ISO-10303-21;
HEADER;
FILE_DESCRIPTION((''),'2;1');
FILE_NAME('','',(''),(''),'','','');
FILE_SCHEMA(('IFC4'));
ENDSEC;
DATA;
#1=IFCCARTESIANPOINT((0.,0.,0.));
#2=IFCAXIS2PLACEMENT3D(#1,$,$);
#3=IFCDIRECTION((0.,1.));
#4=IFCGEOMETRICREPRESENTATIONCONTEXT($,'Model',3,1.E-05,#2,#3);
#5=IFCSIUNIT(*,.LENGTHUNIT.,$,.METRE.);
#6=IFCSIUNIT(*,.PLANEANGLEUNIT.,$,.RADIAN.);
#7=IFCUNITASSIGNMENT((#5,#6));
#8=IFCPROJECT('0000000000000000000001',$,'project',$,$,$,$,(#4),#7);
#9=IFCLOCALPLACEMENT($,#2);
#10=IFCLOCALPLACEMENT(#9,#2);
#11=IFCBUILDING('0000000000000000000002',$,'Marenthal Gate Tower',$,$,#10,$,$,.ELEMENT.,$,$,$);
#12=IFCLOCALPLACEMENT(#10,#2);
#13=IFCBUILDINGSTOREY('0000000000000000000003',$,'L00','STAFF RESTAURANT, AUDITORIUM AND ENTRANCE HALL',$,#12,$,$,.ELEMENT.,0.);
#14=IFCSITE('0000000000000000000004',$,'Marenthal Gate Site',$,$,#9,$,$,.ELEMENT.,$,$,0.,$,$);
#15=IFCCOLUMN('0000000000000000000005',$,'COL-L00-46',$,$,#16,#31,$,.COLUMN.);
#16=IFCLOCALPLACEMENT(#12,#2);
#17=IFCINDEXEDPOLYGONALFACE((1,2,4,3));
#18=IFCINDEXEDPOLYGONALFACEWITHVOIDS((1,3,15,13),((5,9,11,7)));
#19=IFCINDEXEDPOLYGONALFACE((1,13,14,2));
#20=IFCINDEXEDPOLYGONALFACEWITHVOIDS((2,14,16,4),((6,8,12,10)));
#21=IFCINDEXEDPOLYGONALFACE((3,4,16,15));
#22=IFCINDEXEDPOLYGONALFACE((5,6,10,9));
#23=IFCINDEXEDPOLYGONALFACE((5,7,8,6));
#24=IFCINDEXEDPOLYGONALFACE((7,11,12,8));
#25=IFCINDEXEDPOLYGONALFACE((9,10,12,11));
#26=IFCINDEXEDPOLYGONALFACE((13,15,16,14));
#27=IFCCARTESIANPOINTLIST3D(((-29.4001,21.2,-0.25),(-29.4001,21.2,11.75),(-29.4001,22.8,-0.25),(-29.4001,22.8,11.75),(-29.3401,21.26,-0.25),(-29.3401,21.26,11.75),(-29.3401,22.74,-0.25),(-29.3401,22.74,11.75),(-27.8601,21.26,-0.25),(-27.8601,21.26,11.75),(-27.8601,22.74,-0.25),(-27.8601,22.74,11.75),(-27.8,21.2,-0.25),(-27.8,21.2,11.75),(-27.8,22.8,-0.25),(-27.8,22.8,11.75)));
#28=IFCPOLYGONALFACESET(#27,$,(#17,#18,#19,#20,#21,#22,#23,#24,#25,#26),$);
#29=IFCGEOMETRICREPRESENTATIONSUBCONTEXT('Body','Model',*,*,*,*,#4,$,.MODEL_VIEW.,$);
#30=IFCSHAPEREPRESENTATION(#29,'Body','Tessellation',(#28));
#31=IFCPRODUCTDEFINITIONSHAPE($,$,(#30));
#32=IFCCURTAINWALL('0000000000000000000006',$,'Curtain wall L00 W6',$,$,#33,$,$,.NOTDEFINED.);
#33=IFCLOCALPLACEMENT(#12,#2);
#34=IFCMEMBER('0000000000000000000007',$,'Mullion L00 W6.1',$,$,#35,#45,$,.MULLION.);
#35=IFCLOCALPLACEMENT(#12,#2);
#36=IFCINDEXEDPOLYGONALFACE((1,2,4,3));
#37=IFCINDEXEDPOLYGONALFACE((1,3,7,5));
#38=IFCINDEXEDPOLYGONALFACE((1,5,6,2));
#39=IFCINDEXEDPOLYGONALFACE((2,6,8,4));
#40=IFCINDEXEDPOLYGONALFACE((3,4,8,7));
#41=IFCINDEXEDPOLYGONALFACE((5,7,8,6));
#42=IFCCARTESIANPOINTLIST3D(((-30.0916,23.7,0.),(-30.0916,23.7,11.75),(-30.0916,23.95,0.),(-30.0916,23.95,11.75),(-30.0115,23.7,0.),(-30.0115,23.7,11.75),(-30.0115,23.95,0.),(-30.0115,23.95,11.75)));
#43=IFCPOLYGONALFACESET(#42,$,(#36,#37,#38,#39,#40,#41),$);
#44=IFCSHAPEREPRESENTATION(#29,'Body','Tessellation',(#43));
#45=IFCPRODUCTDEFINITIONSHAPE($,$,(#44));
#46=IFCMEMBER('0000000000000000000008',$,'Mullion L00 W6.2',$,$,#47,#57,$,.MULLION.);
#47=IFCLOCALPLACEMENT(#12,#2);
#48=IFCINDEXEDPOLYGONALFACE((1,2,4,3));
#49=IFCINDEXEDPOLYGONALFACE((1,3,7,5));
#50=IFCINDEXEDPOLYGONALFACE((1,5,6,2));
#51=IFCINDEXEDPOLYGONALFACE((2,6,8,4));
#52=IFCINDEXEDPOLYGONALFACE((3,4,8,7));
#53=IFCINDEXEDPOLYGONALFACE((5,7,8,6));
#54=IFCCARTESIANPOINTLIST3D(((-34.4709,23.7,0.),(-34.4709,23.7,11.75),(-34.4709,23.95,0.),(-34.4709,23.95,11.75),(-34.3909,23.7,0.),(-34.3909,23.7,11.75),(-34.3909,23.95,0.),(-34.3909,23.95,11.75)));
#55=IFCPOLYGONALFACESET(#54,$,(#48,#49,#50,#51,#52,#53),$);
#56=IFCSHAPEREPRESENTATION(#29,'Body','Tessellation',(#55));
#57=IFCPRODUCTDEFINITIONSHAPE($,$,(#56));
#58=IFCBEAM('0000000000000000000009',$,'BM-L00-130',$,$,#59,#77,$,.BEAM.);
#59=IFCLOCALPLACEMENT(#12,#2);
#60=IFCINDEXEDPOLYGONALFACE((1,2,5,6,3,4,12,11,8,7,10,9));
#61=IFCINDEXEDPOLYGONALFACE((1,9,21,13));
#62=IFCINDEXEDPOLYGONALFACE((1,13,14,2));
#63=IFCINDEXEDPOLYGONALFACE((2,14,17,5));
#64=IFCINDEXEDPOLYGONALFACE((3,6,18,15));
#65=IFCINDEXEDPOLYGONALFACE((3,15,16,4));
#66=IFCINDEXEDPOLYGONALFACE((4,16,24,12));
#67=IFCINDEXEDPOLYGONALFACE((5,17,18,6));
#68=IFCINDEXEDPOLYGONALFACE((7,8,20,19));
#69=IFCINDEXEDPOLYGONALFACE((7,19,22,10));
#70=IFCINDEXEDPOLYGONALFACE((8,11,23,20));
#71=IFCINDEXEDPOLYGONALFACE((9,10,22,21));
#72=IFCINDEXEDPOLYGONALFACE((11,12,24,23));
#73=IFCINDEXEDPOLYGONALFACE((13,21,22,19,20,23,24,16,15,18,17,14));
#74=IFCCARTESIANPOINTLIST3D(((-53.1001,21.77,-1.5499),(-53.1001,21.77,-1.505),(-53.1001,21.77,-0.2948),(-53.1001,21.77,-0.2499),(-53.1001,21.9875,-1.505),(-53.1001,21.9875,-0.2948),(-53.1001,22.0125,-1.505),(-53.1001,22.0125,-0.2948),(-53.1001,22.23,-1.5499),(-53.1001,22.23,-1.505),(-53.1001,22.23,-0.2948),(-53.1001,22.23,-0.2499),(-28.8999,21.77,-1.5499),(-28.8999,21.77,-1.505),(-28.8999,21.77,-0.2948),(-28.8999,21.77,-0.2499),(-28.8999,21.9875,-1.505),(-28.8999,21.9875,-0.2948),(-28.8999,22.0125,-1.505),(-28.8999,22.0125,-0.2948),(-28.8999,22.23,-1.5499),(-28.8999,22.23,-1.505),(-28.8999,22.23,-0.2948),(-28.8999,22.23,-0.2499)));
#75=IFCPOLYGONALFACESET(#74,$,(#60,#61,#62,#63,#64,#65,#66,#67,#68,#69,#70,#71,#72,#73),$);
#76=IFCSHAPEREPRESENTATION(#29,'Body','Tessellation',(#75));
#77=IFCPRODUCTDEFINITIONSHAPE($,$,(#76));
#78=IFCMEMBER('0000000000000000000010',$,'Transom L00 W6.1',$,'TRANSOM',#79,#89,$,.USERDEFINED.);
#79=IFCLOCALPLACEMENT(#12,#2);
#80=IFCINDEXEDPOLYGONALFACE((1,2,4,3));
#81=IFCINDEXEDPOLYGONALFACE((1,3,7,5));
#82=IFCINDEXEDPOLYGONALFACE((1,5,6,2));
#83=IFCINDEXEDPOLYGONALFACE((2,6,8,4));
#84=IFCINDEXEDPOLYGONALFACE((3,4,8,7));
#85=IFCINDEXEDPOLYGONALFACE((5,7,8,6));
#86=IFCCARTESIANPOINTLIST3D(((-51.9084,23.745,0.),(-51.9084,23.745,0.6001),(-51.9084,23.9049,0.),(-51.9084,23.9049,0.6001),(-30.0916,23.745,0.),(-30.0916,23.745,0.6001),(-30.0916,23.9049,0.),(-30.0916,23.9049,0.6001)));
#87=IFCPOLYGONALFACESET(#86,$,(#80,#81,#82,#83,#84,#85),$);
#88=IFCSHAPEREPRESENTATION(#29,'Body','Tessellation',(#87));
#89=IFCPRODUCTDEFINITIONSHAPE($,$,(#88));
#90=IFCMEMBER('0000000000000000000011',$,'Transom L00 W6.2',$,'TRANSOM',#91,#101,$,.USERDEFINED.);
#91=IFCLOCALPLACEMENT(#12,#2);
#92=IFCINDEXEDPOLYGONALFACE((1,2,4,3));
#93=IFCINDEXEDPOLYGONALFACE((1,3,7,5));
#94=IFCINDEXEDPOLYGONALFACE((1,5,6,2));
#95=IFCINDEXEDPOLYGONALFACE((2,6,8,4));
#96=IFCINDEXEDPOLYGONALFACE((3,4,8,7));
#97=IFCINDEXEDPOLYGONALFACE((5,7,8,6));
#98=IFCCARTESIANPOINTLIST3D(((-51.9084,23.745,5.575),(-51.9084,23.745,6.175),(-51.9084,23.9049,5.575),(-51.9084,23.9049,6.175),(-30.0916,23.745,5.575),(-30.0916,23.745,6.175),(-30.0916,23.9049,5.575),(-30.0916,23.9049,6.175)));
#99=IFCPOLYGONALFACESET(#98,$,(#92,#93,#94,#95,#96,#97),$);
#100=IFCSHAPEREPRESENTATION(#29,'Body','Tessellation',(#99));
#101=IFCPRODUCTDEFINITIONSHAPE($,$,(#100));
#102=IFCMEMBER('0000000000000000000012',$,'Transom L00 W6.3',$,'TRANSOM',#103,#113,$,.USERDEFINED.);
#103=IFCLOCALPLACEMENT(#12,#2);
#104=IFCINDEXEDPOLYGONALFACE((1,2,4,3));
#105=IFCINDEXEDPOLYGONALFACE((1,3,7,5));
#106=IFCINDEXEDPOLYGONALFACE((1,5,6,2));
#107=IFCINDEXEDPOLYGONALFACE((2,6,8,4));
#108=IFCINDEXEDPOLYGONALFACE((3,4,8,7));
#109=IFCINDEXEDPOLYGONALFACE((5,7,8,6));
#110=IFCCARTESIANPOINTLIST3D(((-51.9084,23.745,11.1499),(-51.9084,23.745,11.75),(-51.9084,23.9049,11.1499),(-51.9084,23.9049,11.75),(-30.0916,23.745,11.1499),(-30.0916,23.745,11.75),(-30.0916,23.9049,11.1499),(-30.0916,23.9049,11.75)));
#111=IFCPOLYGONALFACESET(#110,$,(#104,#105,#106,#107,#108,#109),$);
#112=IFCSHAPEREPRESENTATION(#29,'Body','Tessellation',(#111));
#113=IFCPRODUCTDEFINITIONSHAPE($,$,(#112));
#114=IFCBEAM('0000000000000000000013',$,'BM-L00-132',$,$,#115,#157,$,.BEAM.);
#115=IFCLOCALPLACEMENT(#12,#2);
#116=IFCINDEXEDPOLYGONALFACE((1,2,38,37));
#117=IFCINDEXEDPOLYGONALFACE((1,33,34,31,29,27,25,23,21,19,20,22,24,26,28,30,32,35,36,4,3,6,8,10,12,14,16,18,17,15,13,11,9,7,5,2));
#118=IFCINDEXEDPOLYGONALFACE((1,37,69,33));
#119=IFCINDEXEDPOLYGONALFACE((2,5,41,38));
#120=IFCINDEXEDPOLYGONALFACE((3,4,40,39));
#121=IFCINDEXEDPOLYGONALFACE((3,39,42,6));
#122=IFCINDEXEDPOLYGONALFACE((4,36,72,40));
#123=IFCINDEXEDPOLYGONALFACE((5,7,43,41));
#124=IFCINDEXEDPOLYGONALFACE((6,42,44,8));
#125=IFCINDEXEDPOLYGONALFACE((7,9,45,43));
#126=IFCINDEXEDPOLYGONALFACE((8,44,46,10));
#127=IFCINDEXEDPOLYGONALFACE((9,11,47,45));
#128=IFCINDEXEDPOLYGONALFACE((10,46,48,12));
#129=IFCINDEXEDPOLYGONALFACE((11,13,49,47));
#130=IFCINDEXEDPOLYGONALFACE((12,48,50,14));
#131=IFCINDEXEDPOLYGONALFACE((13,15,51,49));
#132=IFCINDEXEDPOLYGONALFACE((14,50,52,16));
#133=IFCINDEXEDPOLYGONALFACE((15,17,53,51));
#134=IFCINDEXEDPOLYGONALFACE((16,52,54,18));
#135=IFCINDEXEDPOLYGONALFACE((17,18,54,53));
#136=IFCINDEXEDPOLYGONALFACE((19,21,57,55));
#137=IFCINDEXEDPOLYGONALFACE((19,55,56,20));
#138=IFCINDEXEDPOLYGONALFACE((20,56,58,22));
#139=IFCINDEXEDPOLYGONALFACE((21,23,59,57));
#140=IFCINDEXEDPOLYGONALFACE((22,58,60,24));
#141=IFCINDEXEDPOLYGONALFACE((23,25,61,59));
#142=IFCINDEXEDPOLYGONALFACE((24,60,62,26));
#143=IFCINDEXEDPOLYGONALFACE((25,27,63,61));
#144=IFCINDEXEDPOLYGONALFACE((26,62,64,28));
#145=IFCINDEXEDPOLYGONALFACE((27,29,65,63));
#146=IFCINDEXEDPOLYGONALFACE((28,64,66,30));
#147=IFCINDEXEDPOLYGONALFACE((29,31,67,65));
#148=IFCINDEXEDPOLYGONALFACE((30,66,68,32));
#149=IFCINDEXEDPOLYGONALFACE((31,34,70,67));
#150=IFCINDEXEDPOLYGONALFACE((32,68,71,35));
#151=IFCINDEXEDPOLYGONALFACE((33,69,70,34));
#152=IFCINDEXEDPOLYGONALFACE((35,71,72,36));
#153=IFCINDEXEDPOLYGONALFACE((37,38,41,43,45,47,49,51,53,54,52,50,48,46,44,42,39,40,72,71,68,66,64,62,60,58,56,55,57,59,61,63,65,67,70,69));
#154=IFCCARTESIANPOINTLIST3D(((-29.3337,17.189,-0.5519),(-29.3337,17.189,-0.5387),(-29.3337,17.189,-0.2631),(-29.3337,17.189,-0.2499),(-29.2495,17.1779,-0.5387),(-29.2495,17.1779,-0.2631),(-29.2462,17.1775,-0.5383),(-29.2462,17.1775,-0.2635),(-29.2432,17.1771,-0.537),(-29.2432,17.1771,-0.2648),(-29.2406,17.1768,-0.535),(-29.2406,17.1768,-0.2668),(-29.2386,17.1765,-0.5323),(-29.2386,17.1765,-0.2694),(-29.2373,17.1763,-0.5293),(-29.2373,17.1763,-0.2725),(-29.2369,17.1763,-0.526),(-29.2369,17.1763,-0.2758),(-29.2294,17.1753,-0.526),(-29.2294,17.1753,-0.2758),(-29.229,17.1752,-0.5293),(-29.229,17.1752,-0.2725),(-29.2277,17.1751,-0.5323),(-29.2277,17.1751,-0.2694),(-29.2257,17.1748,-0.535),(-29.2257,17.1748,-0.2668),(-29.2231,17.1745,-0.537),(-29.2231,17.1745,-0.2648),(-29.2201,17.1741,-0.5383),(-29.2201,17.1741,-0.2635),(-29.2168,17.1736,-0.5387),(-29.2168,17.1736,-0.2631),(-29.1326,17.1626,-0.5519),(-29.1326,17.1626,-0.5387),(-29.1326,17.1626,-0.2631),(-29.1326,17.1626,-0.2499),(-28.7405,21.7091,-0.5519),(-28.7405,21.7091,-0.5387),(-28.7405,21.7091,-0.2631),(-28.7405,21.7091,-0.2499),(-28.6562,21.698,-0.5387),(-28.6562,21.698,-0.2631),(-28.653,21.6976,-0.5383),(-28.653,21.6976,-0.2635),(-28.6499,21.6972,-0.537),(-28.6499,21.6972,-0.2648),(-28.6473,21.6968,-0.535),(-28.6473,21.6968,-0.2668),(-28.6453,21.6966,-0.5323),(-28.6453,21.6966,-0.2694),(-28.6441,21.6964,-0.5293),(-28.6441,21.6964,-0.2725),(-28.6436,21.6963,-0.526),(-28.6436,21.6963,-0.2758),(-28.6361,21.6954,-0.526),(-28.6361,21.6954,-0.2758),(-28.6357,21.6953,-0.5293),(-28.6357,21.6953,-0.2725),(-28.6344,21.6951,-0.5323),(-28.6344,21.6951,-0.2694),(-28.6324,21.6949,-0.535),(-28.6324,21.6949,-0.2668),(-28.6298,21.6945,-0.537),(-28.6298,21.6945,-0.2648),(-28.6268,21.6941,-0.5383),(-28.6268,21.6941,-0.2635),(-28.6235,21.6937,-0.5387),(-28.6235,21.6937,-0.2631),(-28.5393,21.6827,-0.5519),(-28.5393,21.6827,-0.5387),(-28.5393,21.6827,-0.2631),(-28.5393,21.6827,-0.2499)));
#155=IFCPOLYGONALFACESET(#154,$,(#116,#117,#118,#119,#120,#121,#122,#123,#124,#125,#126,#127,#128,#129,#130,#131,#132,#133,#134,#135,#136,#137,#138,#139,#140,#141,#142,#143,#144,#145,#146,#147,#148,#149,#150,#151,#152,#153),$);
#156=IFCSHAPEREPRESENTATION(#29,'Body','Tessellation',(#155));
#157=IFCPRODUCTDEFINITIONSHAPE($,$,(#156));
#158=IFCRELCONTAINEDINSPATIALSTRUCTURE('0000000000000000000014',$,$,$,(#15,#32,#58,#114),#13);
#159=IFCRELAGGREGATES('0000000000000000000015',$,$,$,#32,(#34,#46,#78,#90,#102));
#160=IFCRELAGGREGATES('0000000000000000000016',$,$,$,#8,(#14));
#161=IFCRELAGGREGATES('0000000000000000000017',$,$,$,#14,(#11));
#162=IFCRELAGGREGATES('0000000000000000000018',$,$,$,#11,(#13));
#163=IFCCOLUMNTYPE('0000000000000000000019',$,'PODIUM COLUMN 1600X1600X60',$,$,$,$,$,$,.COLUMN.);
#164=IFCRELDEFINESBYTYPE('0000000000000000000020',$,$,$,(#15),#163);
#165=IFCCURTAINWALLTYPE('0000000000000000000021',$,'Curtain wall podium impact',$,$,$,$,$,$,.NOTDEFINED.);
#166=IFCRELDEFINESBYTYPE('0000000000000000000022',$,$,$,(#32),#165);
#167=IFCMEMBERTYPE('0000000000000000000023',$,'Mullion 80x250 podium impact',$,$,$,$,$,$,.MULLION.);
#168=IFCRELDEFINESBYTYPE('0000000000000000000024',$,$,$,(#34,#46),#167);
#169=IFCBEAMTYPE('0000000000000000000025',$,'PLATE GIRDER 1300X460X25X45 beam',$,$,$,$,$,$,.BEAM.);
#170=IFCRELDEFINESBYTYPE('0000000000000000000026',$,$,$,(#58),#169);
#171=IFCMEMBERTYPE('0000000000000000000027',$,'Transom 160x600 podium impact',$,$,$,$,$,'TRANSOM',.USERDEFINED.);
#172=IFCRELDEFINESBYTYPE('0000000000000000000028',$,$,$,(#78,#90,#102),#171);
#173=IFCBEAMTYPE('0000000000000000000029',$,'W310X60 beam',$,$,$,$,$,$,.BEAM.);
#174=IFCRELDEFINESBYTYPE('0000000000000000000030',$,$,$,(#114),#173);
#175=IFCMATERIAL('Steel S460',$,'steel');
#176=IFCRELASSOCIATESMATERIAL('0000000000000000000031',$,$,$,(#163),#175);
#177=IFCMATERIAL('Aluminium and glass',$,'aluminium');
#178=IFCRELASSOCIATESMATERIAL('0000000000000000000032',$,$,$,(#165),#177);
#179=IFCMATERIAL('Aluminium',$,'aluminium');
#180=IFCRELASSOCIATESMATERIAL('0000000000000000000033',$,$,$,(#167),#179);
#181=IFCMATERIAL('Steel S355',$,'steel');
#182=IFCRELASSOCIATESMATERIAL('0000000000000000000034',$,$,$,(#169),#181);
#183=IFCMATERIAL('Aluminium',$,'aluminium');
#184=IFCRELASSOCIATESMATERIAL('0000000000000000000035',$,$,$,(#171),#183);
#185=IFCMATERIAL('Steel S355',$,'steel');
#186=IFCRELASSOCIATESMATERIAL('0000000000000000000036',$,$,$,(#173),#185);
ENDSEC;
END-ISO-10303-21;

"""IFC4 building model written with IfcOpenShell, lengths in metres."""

from ifc_helpers import new_model, si_unit, direction, frame, origin, origin_2d, place, context, subcontext, project, spatial, rectangle, hollow_rectangle, i_section, extrude, material, material_profile, profile_set, type_object, element, aggregate, save


model = new_model("IFC4")

# Units and contexts
model_context = context("Model", 3, precision=1e-05, world=origin(), true_north=direction((0.0, 1.0)))
body_context = subcontext(model_context, "Body", "Model", "MODEL_VIEW")
ifc_project = project(units=[si_unit("LENGTHUNIT", "METRE"), si_unit("PLANEANGLEUNIT", "RADIAN")], contexts=[model_context])

# Site, building, storey
site_placement = place(None, origin())
site = spatial("IfcSite", under=ifc_project, at=site_placement, Name="Marenthal Gate Site", CompositionType="ELEMENT", RefElevation=0.0)
building_placement = place(site_placement, origin())
building = spatial("IfcBuilding", under=site, at=building_placement, Name="Marenthal Gate Tower", CompositionType="ELEMENT")
storey_placement = place(building_placement, origin())
storey = spatial("IfcBuildingStorey", under=building, at=storey_placement, Name="L00", Description="STAFF RESTAURANT, AUDITORIUM AND ENTRANCE HALL", CompositionType="ELEMENT", Elevation=0.0)

# Column
ifc_material_1 = material(Name="Steel S460", Category="steel")
ifc_material_profile_1 = material_profile(ifc_material_1, hollow_rectangle(XDim=1.6001, YDim=1.6001, WallThickness=0.0601, at=origin_2d()), Name="CFT BOX 1600X1600X60")
ifc_material_2 = material(Name="Concrete 70 MPa", Category="concrete")
ifc_material_profile_2 = material_profile(ifc_material_2, rectangle(XDim=1.48, YDim=1.48, at=origin_2d()), Name="CFT BOX 1600X1600X60 INFILL")
ifc_profile_set_1 = profile_set([ifc_material_profile_1, ifc_material_profile_2], Name="Steel S460 shell, Concrete 70 MPa infill")
column_type = type_object("IfcColumnType", Name="PODIUM COLUMN 1600X1600X60", PredefinedType="COLUMN", material=ifc_profile_set_1)
column_placement = place(storey_placement, frame((-28.6001, 22.0, -0.25), z_axis=(0.0, 0.0, 1.0), x_axis=(1.0, 0.0, 0.0)))
element("IfcColumn", 1, at=column_placement, inside=storey, type_object=column_type, Name="COL-L00-46", PredefinedType="COLUMN", context=body_context, shape_type="SweptSolid", body=[
    extrude(hollow_rectangle(XDim=1.6001, YDim=1.6001, WallThickness=0.0601, at=origin_2d()), origin(), (0.0, 0.0, 1.0), 12.0),
])

# Curtain wall, members
ifc_material_3 = material(Name="Aluminium and glass", Category="aluminium")
curtain_wall_type = type_object("IfcCurtainWallType", Name="Curtain wall podium impact", PredefinedType="NOTDEFINED", material=ifc_material_3)
curtain_wall_placement = place(storey_placement, origin())
curtain_wall = element("IfcCurtainWall", 2, at=curtain_wall_placement, inside=storey, type_object=curtain_wall_type, Name="Curtain wall L00 W6", PredefinedType="NOTDEFINED")
ifc_material_4 = material(Name="Aluminium", Category="aluminium")
ifc_material_profile_3 = material_profile(ifc_material_4, rectangle(XDim=0.25, YDim=0.0801, at=origin_2d()), Name="80x250 aluminium mullion")
ifc_profile_set_2 = profile_set([ifc_material_profile_3], Name="Aluminium")
member_type_1 = type_object("IfcMemberType", Name="Mullion 80x250 podium impact", PredefinedType="MULLION", material=ifc_profile_set_2)
member_1_placement = place(storey_placement, frame((-30.0515, 23.825, 0.0), z_axis=(0.0, 0.0, 1.0), x_axis=(0.0, -1.0, 0.0)))
member_1 = element("IfcMember", 3, at=member_1_placement, type_object=member_type_1, Name="Mullion L00 W6.1", PredefinedType="MULLION", context=body_context, shape_type="SweptSolid", body=[
    extrude(rectangle(XDim=0.25, YDim=0.0801, at=origin_2d()), origin(), (0.0, 0.0, 1.0), 11.75),
])
member_2_placement = place(storey_placement, frame((-34.4309, 23.825, 0.0), z_axis=(0.0, 0.0, 1.0), x_axis=(0.0, -1.0, 0.0)))
member_2 = element("IfcMember", 4, at=member_2_placement, type_object=member_type_1, Name="Mullion L00 W6.2", PredefinedType="MULLION", context=body_context, shape_type="SweptSolid", body=[
    extrude(rectangle(XDim=0.25, YDim=0.0801, at=origin_2d()), origin(), (0.0, 0.0, 1.0), 11.75),
])

# Beam
ifc_material_5 = material(Name="Steel S355", Category="steel")
ifc_material_profile_4 = material_profile(ifc_material_5, i_section(OverallWidth=0.46, OverallDepth=1.3, WebThickness=0.0249, FlangeThickness=0.0449, at=origin_2d()), Name="PLATE GIRDER 1300X460X25X45")
ifc_profile_set_3 = profile_set([ifc_material_profile_4], Name="Steel S355")
beam_type_1 = type_object("IfcBeamType", Name="PLATE GIRDER 1300X460X25X45 beam", PredefinedType="BEAM", material=ifc_profile_set_3)
beam_1_placement = place(storey_placement, frame((-28.8999, 22.0, -0.8999), z_axis=(-1.0, 0.0, 0.0), x_axis=(0.0, -1.0, 0.0)))
element("IfcBeam", 5, at=beam_1_placement, inside=storey, type_object=beam_type_1, Name="BM-L00-130", PredefinedType="BEAM", context=body_context, shape_type="SweptSolid", body=[
    extrude(i_section(OverallWidth=0.46, OverallDepth=1.3, WebThickness=0.0249, FlangeThickness=0.0449, at=origin_2d()), origin(), (0.0, 0.0, 1.0), 24.2002),
])

# Members
ifc_material_6 = material(Name="Aluminium", Category="aluminium")
ifc_material_profile_5 = material_profile(ifc_material_6, rectangle(XDim=0.1599, YDim=0.6001, at=origin_2d()), Name="160x600 aluminium transom")
ifc_profile_set_4 = profile_set([ifc_material_profile_5], Name="Aluminium")
member_type_2 = type_object("IfcMemberType", Name="Transom 160x600 podium impact", ElementType="TRANSOM", PredefinedType="USERDEFINED", material=ifc_profile_set_4)
member_3_placement = place(storey_placement, frame((-30.0916, 23.825, 0.3), z_axis=(-1.0, 0.0, 0.0), x_axis=(0.0, -1.0, 0.0)))
member_3 = element("IfcMember", 6, at=member_3_placement, type_object=member_type_2, Name="Transom L00 W6.1", ObjectType="TRANSOM", PredefinedType="USERDEFINED", context=body_context, shape_type="SweptSolid", body=[
    extrude(rectangle(XDim=0.1599, YDim=0.6001, at=origin_2d()), origin(), (0.0, 0.0, 1.0), 21.8169),
])
member_4_placement = place(storey_placement, frame((-30.0916, 23.825, 5.875), z_axis=(-1.0, 0.0, 0.0), x_axis=(0.0, -1.0, 0.0)))
member_4 = element("IfcMember", 7, at=member_4_placement, type_object=member_type_2, Name="Transom L00 W6.2", ObjectType="TRANSOM", PredefinedType="USERDEFINED", context=body_context, shape_type="SweptSolid", body=[
    extrude(rectangle(XDim=0.1599, YDim=0.6001, at=origin_2d()), origin(), (0.0, 0.0, 1.0), 21.8169),
])
member_5_placement = place(storey_placement, frame((-30.0916, 23.825, 11.45), z_axis=(-1.0, 0.0, 0.0), x_axis=(0.0, -1.0, 0.0)))
member_5 = element("IfcMember", 8, at=member_5_placement, type_object=member_type_2, Name="Transom L00 W6.3", ObjectType="TRANSOM", PredefinedType="USERDEFINED", context=body_context, shape_type="SweptSolid", body=[
    extrude(rectangle(XDim=0.1599, YDim=0.6001, at=origin_2d()), origin(), (0.0, 0.0, 1.0), 21.8169),
])

# Beam
ifc_material_7 = material(Name="Steel S355", Category="steel")
ifc_material_profile_6 = material_profile(ifc_material_7, i_section(OverallWidth=0.2029, OverallDepth=0.302, WebThickness=0.0076, FlangeThickness=0.0132, FilletRadius=0.0127, at=origin_2d()), Name="W310X60")
ifc_profile_set_5 = profile_set([ifc_material_profile_6], Name="Steel S355")
beam_type_2 = type_object("IfcBeamType", Name="W310X60 beam", PredefinedType="BEAM", material=ifc_profile_set_5)
beam_2_placement = place(storey_placement, frame((-29.2332, 17.1758, -0.4009), z_axis=(0.130136, 0.991496, 0.0), x_axis=(-0.991496, 0.130136, 0.0)))
element("IfcBeam", 9, at=beam_2_placement, inside=storey, type_object=beam_type_2, Name="BM-L00-132", PredefinedType="BEAM", context=body_context, shape_type="SweptSolid", body=[
    extrude(i_section(OverallWidth=0.2029, OverallDepth=0.302, WebThickness=0.0076, FlangeThickness=0.0132, FilletRadius=0.0127, at=origin_2d()), origin(), (0.0, 0.0, 1.0), 4.5588),
])

aggregate(curtain_wall, [member_1, member_2, member_3, member_4, member_5])

save(model, "model.ifc")
